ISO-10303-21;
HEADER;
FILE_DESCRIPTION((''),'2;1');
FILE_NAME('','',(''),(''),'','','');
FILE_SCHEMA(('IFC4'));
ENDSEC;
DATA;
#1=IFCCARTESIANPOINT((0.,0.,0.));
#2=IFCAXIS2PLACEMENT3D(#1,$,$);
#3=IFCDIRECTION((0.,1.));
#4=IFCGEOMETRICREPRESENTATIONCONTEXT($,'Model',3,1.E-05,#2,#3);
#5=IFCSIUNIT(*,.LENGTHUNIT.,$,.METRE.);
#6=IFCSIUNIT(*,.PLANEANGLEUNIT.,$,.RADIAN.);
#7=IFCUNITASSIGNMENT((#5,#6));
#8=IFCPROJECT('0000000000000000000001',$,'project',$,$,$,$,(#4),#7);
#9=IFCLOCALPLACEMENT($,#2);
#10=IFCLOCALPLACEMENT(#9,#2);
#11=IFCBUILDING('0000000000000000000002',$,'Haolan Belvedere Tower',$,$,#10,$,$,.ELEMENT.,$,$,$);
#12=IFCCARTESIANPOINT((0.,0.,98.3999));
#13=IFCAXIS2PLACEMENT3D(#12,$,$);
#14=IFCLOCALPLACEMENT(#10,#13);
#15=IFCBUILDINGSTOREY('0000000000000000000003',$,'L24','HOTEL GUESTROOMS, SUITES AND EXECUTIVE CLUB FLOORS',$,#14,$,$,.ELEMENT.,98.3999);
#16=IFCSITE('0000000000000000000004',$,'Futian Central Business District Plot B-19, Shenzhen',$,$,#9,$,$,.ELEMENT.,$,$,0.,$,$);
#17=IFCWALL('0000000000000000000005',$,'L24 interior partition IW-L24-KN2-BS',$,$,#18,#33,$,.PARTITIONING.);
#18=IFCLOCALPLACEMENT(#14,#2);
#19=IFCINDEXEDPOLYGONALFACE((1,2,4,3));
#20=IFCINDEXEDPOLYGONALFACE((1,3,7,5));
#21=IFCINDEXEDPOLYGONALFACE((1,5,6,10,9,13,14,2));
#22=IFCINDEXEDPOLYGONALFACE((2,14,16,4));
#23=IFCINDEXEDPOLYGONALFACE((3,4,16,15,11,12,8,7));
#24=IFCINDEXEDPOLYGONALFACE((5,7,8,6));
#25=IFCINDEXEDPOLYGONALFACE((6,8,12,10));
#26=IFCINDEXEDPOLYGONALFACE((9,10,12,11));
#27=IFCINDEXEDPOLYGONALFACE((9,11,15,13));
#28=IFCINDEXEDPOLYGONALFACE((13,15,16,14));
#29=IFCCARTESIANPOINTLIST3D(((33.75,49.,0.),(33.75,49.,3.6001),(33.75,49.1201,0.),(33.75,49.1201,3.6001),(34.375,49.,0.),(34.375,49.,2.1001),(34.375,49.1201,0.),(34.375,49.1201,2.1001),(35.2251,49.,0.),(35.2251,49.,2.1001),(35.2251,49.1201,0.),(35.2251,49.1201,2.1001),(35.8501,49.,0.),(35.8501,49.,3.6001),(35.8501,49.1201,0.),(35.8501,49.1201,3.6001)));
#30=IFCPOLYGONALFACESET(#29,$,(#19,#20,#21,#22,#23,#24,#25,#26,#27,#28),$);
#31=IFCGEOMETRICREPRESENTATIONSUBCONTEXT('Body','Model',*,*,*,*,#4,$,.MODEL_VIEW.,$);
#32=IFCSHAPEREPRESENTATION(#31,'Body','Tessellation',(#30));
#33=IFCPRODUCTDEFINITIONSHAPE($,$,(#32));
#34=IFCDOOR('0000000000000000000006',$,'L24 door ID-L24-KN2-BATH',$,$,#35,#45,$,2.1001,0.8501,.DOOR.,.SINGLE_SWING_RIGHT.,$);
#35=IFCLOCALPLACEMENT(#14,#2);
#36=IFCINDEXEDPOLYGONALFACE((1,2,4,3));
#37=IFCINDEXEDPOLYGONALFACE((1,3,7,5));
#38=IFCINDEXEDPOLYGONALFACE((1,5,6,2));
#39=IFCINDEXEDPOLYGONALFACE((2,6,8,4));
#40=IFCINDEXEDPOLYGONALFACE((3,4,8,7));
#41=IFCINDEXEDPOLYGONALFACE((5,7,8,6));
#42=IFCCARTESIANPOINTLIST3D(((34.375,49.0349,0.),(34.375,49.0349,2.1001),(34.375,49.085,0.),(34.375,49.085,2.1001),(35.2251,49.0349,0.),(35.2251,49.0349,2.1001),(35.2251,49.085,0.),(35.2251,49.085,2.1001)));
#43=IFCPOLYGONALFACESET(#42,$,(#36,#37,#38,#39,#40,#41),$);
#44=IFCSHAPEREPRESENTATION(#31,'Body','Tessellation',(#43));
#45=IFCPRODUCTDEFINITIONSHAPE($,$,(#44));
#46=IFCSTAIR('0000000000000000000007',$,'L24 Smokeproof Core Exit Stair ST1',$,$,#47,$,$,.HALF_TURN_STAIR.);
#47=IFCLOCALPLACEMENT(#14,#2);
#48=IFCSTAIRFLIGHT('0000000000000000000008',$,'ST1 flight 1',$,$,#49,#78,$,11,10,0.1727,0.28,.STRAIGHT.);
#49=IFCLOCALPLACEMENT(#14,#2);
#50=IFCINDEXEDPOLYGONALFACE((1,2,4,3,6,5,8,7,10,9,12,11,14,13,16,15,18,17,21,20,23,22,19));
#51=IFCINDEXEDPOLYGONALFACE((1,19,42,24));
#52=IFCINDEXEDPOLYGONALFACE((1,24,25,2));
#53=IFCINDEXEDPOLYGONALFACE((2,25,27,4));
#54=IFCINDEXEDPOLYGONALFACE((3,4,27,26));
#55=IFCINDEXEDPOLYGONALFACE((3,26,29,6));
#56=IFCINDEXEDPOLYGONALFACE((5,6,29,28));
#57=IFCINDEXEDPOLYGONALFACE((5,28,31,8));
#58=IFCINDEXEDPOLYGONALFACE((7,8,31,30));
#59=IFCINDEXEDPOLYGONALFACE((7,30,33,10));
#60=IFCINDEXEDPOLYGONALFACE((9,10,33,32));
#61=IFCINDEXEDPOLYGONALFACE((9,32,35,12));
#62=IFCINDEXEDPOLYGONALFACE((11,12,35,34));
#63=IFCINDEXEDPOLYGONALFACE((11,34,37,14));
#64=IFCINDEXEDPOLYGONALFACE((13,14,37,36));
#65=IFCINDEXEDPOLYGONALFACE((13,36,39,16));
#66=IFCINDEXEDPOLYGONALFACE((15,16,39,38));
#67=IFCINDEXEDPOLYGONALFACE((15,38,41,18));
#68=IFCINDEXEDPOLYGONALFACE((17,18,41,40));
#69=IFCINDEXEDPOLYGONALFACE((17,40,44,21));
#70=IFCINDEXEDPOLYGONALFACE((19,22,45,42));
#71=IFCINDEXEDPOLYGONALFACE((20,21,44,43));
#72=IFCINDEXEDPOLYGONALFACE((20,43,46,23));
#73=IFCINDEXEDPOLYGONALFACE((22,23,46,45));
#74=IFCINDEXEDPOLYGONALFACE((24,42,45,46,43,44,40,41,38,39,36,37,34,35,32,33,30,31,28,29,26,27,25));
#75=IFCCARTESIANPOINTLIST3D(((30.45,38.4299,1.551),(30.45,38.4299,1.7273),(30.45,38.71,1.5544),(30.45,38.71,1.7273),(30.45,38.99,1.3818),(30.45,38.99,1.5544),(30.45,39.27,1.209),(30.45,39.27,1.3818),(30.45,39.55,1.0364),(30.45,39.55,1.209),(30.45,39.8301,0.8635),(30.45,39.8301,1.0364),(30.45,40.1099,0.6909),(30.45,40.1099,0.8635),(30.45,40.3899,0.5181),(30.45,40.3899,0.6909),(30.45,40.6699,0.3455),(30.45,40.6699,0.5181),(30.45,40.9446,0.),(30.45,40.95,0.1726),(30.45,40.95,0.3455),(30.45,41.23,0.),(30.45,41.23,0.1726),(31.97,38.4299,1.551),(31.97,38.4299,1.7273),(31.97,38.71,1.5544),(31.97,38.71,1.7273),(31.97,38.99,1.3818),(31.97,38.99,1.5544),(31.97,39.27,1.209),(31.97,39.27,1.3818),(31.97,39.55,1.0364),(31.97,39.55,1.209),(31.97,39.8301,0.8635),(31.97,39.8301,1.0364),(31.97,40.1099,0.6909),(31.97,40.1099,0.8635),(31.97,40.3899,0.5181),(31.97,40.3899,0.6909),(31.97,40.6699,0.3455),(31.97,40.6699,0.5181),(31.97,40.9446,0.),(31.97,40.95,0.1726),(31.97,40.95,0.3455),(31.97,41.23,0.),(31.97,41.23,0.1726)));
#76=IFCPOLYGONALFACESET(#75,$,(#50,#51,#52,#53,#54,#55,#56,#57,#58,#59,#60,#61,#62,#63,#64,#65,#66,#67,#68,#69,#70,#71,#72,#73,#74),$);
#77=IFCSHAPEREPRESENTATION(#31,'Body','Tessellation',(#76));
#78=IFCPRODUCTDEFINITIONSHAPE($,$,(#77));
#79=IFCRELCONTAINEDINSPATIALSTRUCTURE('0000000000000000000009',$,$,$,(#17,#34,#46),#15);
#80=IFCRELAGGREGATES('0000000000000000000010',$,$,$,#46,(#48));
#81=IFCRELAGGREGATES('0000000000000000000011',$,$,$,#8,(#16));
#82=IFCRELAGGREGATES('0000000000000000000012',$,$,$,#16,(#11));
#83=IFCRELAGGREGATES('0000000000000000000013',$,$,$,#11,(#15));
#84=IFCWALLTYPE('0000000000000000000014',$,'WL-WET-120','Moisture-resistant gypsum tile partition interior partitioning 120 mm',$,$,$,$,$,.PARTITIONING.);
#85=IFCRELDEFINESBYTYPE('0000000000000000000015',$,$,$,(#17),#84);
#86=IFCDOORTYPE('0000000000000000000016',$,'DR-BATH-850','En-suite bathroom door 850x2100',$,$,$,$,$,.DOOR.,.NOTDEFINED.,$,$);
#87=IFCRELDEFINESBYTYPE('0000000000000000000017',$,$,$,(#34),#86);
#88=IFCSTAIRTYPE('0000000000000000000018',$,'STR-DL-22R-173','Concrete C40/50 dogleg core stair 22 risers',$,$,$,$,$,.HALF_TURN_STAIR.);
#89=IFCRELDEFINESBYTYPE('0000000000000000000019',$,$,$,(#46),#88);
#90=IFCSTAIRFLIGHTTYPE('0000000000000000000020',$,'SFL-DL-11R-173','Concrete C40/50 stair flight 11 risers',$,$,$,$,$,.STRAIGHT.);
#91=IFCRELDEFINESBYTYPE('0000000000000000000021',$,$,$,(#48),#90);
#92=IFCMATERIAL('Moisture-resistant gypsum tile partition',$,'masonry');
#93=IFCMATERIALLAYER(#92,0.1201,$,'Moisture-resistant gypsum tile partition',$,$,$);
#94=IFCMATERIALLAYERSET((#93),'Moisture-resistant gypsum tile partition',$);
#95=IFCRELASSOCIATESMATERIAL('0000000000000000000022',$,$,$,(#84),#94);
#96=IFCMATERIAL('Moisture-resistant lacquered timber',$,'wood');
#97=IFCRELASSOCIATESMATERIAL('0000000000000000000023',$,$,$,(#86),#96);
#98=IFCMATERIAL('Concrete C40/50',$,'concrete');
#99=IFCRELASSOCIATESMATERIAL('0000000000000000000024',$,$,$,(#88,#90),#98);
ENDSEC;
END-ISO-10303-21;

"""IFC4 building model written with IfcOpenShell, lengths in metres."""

from ifc_helpers import new_model, si_unit, direction, frame, frame_2d, origin, place, context, subcontext, project, spatial, polyline, rectangle, outline, extrude, material, layer, layer_set, type_object, element, fill, aggregate, save


model = new_model("IFC4")

# Units and contexts
model_context = context("Model", 3, precision=1e-05, world=origin(), true_north=direction((0.0, 1.0)))
body_context = subcontext(model_context, "Body", "Model", "MODEL_VIEW")
ifc_project = project(units=[si_unit("LENGTHUNIT", "METRE"), si_unit("PLANEANGLEUNIT", "RADIAN")], contexts=[model_context])

# Site, building, storey
site_placement = place(None, origin())
site = spatial("IfcSite", under=ifc_project, at=site_placement, Name="Futian Central Business District Plot B-19, Shenzhen", CompositionType="ELEMENT", RefElevation=0.0)
building_placement = place(site_placement, origin())
building = spatial("IfcBuilding", under=site, at=building_placement, Name="Haolan Belvedere Tower", CompositionType="ELEMENT")
storey_placement = place(building_placement, frame((0.0, 0.0, 98.3999)))
storey = spatial("IfcBuildingStorey", under=building, at=storey_placement, Name="L24", Description="HOTEL GUESTROOMS, SUITES AND EXECUTIVE CLUB FLOORS", CompositionType="ELEMENT", Elevation=98.3999)

# Shared definitions
ifc_material_1 = material(Name="Concrete C40/50", Category="concrete")

# Shared definitions
ifc_material_2 = material(Name="Moisture-resistant gypsum tile partition", Category="masonry")
ifc_layer_1 = layer(ifc_material_2, 0.1201, Name="Moisture-resistant gypsum tile partition")
ifc_layer_set_1 = layer_set([ifc_layer_1], Name="Moisture-resistant gypsum tile partition")
wall_type_1 = type_object("IfcWallType", Name="WL-WET-120", Description="Moisture-resistant gypsum tile partition interior partitioning 120 mm", PredefinedType="PARTITIONING", material=ifc_layer_set_1)

# Wall, opening, door
wall_1_placement = place(storey_placement, frame((33.75, 49.0601, 0.0), z_axis=(0.0, 0.0, 1.0), x_axis=(1.0, 0.0, 0.0)))
wall_1 = element("IfcWall", 1, at=wall_1_placement, inside=storey, type_object=wall_type_1, Name="L24 interior partition IW-L24-KN2-BS", PredefinedType="PARTITIONING", context=body_context, shape_type="SweptSolid", body=[
    extrude(rectangle(XDim=2.1001, YDim=0.1201, at=frame_2d((1.05, 0.0))), origin(), (0.0, 0.0, 1.0), 3.6001),
])
opening_1_placement = place(wall_1_placement, frame((0.625, 0.0, 0.0)))
opening_1 = element("IfcOpeningElement", 2, at=opening_1_placement, cuts=wall_1, PredefinedType="OPENING", context=body_context, shape_type="SweptSolid", body=[
    extrude(rectangle(XDim=0.8501, YDim=2.1001, at=frame_2d((0.425, 1.05))), frame((0.0, 0.0701, 0.0), z_axis=(0.0, -1.0, 0.0), x_axis=(1.0, 0.0, 0.0)), (0.0, 0.0, 1.0), 0.1401),
])
ifc_material_3 = material(Name="Moisture-resistant lacquered timber", Category="wood")
door_type_1 = type_object("IfcDoorType", Name="DR-BATH-850", Description="En-suite bathroom door 850x2100", OperationType="NOTDEFINED", PredefinedType="DOOR", material=ifc_material_3)
door_1_placement = place(opening_1_placement, origin())
door_1 = element("IfcDoor", 3, at=door_1_placement, inside=storey, type_object=door_type_1, Name="L24 door ID-L24-KN2-BATH", OperationType="SINGLE_SWING_RIGHT", OverallHeight=2.1001, OverallWidth=0.8501, PredefinedType="DOOR", context=body_context, shape_type="SweptSolid", body=[
    extrude(rectangle(XDim=0.8501, YDim=2.1001, at=frame_2d((0.425, 1.05))), frame((0.0, 0.0249, 0.0), z_axis=(0.0, -1.0, 0.0), x_axis=(1.0, 0.0, 0.0)), (0.0, 0.0, 1.0), 0.05),
])
fill(opening_1, door_1)

# Stair, stair flight
stair_type = type_object("IfcStairType", Name="STR-DL-22R-173", Description="Concrete C40/50 dogleg core stair 22 risers", PredefinedType="HALF_TURN_STAIR", material=ifc_material_1)
stair_placement = place(storey_placement, origin())
stair = element("IfcStair", 4, at=stair_placement, inside=storey, type_object=stair_type, Name="L24 Smokeproof Core Exit Stair ST1", PredefinedType="HALF_TURN_STAIR")
stair_flight_type = type_object("IfcStairFlightType", Name="SFL-DL-11R-173", Description="Concrete C40/50 stair flight 11 risers", PredefinedType="STRAIGHT", material=ifc_material_1)
stair_flight_placement = place(storey_placement, frame((31.21, 41.23, 0.0), z_axis=(0.0, 0.0, 1.0), x_axis=(0.0, -1.0, 0.0)))
stair_flight = element("IfcStairFlight", 5, at=stair_flight_placement, type_object=stair_flight_type, Name="ST1 flight 1", NumberOfRisers=11, NumberOfTreads=10, PredefinedType="STRAIGHT", RiserHeight=0.1727, TreadLength=0.28, context=body_context, shape_type="SweptSolid", body=[
    extrude(outline(polyline([(0.0, 0.0), (0.0, 0.1726), (0.28, 0.1726), (0.28, 0.3455), (0.5601, 0.3455), (0.5601, 0.5181), (0.8401, 0.5181), (0.8401, 0.6909), (1.1201, 0.6909), (1.1201, 0.8635), (1.3999, 0.8635), (1.3999, 1.0364), (1.6799, 1.0364), (1.6799, 1.209), (1.96, 1.209), (1.96, 1.3818), (2.24, 1.3818), (2.24, 1.5544), (2.52, 1.5544), (2.52, 1.7273), (2.8, 1.7273), (2.8, 1.8999), (2.8, 1.551), (0.2854, 0.0), (0.0, 0.0)])), frame((0.0, 0.76, 0.0), z_axis=(0.0, -1.0, 0.0), x_axis=(1.0, 0.0, 0.0)), (0.0, 0.0, 1.0), 1.52),
])
aggregate(stair, [stair_flight])

save(model, "model.ifc")
